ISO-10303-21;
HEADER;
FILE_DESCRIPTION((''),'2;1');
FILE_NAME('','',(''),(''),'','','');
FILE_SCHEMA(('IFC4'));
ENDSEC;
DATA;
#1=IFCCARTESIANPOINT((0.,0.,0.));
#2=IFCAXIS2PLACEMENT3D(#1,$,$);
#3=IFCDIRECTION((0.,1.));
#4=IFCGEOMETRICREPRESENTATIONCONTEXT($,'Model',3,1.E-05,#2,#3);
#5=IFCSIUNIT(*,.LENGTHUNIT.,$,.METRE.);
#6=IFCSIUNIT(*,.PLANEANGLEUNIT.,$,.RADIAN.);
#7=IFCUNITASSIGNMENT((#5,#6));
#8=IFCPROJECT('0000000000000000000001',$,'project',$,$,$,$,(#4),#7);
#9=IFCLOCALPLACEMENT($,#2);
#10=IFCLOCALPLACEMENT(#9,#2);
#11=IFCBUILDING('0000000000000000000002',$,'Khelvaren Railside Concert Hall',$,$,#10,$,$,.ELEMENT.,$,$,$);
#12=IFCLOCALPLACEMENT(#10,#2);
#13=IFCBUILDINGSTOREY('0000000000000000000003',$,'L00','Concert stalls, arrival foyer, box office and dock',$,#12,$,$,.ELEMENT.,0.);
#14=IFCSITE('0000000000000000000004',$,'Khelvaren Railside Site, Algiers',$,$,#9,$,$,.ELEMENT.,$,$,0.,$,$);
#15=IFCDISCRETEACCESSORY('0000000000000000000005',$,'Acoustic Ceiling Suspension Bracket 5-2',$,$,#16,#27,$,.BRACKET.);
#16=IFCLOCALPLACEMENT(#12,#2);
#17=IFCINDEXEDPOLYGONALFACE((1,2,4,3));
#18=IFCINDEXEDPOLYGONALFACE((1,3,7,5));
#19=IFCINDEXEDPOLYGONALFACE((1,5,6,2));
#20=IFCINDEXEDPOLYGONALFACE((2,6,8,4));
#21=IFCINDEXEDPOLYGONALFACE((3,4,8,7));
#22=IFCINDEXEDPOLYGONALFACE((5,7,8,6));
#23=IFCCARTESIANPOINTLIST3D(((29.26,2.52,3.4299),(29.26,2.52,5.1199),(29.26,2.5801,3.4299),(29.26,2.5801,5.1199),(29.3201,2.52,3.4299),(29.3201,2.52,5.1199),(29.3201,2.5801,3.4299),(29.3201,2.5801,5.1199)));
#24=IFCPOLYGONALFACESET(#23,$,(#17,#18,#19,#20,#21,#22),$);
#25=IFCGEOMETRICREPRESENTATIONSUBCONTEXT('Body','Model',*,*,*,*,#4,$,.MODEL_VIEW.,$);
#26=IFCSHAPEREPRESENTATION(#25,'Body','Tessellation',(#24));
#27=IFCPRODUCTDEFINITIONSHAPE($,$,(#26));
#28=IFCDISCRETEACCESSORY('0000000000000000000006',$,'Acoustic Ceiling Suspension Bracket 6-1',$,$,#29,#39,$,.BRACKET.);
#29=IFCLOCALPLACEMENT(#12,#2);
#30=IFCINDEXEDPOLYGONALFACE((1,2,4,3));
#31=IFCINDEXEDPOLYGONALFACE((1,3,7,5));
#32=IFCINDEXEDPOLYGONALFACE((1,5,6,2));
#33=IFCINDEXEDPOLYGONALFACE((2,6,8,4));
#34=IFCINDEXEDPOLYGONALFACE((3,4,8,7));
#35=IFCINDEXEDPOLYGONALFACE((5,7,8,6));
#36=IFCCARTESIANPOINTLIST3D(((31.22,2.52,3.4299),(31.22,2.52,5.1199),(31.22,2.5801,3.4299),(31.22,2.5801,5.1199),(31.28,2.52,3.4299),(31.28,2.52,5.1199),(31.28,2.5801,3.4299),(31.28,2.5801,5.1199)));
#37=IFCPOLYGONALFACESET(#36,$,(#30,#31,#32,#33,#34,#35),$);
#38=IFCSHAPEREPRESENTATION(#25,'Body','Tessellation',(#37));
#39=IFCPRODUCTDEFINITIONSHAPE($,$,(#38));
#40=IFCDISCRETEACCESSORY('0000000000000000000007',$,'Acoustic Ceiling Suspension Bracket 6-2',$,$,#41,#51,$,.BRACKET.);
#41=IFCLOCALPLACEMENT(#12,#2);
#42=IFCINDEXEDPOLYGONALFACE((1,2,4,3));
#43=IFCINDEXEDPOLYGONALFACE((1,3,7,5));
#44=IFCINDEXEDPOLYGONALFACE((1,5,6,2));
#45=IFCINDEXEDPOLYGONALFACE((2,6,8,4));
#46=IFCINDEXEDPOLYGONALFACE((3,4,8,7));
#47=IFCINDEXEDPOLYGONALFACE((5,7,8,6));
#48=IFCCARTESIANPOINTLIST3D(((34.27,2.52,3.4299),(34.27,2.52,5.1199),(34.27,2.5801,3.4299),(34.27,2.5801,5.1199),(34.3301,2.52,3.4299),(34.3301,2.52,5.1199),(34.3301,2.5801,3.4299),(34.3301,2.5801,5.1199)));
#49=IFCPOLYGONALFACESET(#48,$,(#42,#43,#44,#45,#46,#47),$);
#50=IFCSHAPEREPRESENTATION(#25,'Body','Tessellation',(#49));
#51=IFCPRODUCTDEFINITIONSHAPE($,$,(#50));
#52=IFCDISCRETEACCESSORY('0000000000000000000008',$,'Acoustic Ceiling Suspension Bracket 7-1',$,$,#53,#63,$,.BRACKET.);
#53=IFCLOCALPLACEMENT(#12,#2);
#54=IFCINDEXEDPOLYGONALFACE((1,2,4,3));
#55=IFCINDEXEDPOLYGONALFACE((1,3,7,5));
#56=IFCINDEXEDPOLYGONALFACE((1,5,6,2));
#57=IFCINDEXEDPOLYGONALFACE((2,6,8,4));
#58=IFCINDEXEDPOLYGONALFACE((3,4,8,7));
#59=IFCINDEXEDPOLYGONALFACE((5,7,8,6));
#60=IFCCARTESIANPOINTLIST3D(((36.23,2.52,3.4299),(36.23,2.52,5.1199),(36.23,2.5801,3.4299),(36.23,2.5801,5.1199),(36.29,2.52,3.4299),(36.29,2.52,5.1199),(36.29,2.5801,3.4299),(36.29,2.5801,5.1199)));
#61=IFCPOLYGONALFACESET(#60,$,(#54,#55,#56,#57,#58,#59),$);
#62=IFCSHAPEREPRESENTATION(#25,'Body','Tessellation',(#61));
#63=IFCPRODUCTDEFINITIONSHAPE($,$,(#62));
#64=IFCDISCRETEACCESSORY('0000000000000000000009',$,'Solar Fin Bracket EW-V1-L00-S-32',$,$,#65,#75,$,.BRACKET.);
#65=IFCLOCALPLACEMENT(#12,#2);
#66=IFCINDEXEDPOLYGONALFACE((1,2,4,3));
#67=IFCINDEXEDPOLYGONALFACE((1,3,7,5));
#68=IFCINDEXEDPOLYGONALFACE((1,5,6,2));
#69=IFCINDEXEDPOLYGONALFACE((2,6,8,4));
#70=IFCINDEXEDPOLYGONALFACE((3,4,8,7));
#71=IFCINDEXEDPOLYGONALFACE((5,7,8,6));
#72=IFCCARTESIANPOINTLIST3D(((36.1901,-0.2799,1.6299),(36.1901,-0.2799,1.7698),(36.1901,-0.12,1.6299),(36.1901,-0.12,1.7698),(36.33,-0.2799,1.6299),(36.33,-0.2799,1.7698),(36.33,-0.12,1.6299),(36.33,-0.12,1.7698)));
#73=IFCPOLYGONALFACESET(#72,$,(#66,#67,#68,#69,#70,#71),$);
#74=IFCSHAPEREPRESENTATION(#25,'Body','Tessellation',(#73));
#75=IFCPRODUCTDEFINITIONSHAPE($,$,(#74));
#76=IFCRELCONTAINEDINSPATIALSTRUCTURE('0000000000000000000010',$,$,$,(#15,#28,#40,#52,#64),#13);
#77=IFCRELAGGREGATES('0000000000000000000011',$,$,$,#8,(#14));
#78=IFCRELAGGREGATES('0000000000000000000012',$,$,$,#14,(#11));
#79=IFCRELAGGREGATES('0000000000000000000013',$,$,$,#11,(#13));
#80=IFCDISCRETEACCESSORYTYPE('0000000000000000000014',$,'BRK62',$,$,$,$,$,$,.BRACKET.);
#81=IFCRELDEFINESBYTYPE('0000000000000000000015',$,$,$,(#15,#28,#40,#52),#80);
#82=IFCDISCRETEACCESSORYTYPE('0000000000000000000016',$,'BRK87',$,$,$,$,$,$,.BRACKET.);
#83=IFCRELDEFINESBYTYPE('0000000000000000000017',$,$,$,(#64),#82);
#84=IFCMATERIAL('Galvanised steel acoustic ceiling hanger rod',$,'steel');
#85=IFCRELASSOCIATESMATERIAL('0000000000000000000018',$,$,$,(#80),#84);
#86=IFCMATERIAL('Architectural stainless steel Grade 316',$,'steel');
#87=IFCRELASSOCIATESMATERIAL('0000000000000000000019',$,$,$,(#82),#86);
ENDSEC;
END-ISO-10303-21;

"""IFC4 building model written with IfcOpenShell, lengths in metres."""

from ifc_helpers import new_model, si_unit, direction, frame, origin, origin_2d, place, context, subcontext, project, spatial, rectangle, extrude, material, type_object, element, save


model = new_model("IFC4")

# Units and contexts
model_context = context("Model", 3, precision=1e-05, world=origin(), true_north=direction((0.0, 1.0)))
body_context = subcontext(model_context, "Body", "Model", "MODEL_VIEW")
ifc_project = project(units=[si_unit("LENGTHUNIT", "METRE"), si_unit("PLANEANGLEUNIT", "RADIAN")], contexts=[model_context])

# Site, building, storey
site_placement = place(None, origin())
site = spatial("IfcSite", under=ifc_project, at=site_placement, Name="Khelvaren Railside Site, Algiers", CompositionType="ELEMENT", RefElevation=0.0)
building_placement = place(site_placement, origin())
building = spatial("IfcBuilding", under=site, at=building_placement, Name="Khelvaren Railside Concert Hall", CompositionType="ELEMENT")
storey_placement = place(building_placement, origin())
storey = spatial("IfcBuildingStorey", under=building, at=storey_placement, Name="L00", Description="Concert stalls, arrival foyer, box office and dock", CompositionType="ELEMENT", Elevation=0.0)

# Discrete accessories
ifc_material_1 = material(Name="Galvanised steel acoustic ceiling hanger rod", Category="steel")
discrete_accessory_type_1 = type_object("IfcDiscreteAccessoryType", Name="BRK62", PredefinedType="BRACKET", material=ifc_material_1)
for number, where, z_axis, x_axis, name in (
    (1, (29.29, 2.55, 3.4299), (0.0, 0.0, 1.0), (1.0, 0.0, 0.0), "Acoustic Ceiling Suspension Bracket 5-2"),
    (2, (31.25, 2.55, 3.4299), (0.0, 0.0, 1.0), (1.0, 0.0, 0.0), "Acoustic Ceiling Suspension Bracket 6-1"),
    (3, (34.3, 2.55, 3.4299), (0.0, 0.0, 1.0), (1.0, 0.0, 0.0), "Acoustic Ceiling Suspension Bracket 6-2"),
    (4, (36.26, 2.55, 3.4299), (0.0, 0.0, 1.0), (1.0, 0.0, 0.0), "Acoustic Ceiling Suspension Bracket 7-1"),
):
    element("IfcDiscreteAccessory", number, at=place(storey_placement, frame(where, z_axis=z_axis, x_axis=x_axis)), inside=storey, type_object=discrete_accessory_type_1, Name=name, PredefinedType="BRACKET", context=body_context, shape_type="SweptSolid", body=[
        extrude(rectangle(XDim=0.0601, YDim=0.0601, at=origin_2d()), origin(), (0.0, 0.0, 1.0), 1.6899),
    ])
ifc_material_2 = material(Name="Architectural stainless steel Grade 316", Category="steel")
discrete_accessory_type_2 = type_object("IfcDiscreteAccessoryType", Name="BRK87", PredefinedType="BRACKET", material=ifc_material_2)
discrete_accessory_placement = place(storey_placement, frame((36.26, -0.2, 1.6299), z_axis=(0.0, 0.0, 1.0), x_axis=(-1.0, 0.0, 0.0)))
element("IfcDiscreteAccessory", 5, at=discrete_accessory_placement, inside=storey, type_object=discrete_accessory_type_2, Name="Solar Fin Bracket EW-V1-L00-S-32", PredefinedType="BRACKET", context=body_context, shape_type="SweptSolid", body=[
    extrude(rectangle(XDim=0.1399, YDim=0.1599, at=origin_2d()), origin(), (0.0, 0.0, 1.0), 0.1399),
])

save(model, "model.ifc")
